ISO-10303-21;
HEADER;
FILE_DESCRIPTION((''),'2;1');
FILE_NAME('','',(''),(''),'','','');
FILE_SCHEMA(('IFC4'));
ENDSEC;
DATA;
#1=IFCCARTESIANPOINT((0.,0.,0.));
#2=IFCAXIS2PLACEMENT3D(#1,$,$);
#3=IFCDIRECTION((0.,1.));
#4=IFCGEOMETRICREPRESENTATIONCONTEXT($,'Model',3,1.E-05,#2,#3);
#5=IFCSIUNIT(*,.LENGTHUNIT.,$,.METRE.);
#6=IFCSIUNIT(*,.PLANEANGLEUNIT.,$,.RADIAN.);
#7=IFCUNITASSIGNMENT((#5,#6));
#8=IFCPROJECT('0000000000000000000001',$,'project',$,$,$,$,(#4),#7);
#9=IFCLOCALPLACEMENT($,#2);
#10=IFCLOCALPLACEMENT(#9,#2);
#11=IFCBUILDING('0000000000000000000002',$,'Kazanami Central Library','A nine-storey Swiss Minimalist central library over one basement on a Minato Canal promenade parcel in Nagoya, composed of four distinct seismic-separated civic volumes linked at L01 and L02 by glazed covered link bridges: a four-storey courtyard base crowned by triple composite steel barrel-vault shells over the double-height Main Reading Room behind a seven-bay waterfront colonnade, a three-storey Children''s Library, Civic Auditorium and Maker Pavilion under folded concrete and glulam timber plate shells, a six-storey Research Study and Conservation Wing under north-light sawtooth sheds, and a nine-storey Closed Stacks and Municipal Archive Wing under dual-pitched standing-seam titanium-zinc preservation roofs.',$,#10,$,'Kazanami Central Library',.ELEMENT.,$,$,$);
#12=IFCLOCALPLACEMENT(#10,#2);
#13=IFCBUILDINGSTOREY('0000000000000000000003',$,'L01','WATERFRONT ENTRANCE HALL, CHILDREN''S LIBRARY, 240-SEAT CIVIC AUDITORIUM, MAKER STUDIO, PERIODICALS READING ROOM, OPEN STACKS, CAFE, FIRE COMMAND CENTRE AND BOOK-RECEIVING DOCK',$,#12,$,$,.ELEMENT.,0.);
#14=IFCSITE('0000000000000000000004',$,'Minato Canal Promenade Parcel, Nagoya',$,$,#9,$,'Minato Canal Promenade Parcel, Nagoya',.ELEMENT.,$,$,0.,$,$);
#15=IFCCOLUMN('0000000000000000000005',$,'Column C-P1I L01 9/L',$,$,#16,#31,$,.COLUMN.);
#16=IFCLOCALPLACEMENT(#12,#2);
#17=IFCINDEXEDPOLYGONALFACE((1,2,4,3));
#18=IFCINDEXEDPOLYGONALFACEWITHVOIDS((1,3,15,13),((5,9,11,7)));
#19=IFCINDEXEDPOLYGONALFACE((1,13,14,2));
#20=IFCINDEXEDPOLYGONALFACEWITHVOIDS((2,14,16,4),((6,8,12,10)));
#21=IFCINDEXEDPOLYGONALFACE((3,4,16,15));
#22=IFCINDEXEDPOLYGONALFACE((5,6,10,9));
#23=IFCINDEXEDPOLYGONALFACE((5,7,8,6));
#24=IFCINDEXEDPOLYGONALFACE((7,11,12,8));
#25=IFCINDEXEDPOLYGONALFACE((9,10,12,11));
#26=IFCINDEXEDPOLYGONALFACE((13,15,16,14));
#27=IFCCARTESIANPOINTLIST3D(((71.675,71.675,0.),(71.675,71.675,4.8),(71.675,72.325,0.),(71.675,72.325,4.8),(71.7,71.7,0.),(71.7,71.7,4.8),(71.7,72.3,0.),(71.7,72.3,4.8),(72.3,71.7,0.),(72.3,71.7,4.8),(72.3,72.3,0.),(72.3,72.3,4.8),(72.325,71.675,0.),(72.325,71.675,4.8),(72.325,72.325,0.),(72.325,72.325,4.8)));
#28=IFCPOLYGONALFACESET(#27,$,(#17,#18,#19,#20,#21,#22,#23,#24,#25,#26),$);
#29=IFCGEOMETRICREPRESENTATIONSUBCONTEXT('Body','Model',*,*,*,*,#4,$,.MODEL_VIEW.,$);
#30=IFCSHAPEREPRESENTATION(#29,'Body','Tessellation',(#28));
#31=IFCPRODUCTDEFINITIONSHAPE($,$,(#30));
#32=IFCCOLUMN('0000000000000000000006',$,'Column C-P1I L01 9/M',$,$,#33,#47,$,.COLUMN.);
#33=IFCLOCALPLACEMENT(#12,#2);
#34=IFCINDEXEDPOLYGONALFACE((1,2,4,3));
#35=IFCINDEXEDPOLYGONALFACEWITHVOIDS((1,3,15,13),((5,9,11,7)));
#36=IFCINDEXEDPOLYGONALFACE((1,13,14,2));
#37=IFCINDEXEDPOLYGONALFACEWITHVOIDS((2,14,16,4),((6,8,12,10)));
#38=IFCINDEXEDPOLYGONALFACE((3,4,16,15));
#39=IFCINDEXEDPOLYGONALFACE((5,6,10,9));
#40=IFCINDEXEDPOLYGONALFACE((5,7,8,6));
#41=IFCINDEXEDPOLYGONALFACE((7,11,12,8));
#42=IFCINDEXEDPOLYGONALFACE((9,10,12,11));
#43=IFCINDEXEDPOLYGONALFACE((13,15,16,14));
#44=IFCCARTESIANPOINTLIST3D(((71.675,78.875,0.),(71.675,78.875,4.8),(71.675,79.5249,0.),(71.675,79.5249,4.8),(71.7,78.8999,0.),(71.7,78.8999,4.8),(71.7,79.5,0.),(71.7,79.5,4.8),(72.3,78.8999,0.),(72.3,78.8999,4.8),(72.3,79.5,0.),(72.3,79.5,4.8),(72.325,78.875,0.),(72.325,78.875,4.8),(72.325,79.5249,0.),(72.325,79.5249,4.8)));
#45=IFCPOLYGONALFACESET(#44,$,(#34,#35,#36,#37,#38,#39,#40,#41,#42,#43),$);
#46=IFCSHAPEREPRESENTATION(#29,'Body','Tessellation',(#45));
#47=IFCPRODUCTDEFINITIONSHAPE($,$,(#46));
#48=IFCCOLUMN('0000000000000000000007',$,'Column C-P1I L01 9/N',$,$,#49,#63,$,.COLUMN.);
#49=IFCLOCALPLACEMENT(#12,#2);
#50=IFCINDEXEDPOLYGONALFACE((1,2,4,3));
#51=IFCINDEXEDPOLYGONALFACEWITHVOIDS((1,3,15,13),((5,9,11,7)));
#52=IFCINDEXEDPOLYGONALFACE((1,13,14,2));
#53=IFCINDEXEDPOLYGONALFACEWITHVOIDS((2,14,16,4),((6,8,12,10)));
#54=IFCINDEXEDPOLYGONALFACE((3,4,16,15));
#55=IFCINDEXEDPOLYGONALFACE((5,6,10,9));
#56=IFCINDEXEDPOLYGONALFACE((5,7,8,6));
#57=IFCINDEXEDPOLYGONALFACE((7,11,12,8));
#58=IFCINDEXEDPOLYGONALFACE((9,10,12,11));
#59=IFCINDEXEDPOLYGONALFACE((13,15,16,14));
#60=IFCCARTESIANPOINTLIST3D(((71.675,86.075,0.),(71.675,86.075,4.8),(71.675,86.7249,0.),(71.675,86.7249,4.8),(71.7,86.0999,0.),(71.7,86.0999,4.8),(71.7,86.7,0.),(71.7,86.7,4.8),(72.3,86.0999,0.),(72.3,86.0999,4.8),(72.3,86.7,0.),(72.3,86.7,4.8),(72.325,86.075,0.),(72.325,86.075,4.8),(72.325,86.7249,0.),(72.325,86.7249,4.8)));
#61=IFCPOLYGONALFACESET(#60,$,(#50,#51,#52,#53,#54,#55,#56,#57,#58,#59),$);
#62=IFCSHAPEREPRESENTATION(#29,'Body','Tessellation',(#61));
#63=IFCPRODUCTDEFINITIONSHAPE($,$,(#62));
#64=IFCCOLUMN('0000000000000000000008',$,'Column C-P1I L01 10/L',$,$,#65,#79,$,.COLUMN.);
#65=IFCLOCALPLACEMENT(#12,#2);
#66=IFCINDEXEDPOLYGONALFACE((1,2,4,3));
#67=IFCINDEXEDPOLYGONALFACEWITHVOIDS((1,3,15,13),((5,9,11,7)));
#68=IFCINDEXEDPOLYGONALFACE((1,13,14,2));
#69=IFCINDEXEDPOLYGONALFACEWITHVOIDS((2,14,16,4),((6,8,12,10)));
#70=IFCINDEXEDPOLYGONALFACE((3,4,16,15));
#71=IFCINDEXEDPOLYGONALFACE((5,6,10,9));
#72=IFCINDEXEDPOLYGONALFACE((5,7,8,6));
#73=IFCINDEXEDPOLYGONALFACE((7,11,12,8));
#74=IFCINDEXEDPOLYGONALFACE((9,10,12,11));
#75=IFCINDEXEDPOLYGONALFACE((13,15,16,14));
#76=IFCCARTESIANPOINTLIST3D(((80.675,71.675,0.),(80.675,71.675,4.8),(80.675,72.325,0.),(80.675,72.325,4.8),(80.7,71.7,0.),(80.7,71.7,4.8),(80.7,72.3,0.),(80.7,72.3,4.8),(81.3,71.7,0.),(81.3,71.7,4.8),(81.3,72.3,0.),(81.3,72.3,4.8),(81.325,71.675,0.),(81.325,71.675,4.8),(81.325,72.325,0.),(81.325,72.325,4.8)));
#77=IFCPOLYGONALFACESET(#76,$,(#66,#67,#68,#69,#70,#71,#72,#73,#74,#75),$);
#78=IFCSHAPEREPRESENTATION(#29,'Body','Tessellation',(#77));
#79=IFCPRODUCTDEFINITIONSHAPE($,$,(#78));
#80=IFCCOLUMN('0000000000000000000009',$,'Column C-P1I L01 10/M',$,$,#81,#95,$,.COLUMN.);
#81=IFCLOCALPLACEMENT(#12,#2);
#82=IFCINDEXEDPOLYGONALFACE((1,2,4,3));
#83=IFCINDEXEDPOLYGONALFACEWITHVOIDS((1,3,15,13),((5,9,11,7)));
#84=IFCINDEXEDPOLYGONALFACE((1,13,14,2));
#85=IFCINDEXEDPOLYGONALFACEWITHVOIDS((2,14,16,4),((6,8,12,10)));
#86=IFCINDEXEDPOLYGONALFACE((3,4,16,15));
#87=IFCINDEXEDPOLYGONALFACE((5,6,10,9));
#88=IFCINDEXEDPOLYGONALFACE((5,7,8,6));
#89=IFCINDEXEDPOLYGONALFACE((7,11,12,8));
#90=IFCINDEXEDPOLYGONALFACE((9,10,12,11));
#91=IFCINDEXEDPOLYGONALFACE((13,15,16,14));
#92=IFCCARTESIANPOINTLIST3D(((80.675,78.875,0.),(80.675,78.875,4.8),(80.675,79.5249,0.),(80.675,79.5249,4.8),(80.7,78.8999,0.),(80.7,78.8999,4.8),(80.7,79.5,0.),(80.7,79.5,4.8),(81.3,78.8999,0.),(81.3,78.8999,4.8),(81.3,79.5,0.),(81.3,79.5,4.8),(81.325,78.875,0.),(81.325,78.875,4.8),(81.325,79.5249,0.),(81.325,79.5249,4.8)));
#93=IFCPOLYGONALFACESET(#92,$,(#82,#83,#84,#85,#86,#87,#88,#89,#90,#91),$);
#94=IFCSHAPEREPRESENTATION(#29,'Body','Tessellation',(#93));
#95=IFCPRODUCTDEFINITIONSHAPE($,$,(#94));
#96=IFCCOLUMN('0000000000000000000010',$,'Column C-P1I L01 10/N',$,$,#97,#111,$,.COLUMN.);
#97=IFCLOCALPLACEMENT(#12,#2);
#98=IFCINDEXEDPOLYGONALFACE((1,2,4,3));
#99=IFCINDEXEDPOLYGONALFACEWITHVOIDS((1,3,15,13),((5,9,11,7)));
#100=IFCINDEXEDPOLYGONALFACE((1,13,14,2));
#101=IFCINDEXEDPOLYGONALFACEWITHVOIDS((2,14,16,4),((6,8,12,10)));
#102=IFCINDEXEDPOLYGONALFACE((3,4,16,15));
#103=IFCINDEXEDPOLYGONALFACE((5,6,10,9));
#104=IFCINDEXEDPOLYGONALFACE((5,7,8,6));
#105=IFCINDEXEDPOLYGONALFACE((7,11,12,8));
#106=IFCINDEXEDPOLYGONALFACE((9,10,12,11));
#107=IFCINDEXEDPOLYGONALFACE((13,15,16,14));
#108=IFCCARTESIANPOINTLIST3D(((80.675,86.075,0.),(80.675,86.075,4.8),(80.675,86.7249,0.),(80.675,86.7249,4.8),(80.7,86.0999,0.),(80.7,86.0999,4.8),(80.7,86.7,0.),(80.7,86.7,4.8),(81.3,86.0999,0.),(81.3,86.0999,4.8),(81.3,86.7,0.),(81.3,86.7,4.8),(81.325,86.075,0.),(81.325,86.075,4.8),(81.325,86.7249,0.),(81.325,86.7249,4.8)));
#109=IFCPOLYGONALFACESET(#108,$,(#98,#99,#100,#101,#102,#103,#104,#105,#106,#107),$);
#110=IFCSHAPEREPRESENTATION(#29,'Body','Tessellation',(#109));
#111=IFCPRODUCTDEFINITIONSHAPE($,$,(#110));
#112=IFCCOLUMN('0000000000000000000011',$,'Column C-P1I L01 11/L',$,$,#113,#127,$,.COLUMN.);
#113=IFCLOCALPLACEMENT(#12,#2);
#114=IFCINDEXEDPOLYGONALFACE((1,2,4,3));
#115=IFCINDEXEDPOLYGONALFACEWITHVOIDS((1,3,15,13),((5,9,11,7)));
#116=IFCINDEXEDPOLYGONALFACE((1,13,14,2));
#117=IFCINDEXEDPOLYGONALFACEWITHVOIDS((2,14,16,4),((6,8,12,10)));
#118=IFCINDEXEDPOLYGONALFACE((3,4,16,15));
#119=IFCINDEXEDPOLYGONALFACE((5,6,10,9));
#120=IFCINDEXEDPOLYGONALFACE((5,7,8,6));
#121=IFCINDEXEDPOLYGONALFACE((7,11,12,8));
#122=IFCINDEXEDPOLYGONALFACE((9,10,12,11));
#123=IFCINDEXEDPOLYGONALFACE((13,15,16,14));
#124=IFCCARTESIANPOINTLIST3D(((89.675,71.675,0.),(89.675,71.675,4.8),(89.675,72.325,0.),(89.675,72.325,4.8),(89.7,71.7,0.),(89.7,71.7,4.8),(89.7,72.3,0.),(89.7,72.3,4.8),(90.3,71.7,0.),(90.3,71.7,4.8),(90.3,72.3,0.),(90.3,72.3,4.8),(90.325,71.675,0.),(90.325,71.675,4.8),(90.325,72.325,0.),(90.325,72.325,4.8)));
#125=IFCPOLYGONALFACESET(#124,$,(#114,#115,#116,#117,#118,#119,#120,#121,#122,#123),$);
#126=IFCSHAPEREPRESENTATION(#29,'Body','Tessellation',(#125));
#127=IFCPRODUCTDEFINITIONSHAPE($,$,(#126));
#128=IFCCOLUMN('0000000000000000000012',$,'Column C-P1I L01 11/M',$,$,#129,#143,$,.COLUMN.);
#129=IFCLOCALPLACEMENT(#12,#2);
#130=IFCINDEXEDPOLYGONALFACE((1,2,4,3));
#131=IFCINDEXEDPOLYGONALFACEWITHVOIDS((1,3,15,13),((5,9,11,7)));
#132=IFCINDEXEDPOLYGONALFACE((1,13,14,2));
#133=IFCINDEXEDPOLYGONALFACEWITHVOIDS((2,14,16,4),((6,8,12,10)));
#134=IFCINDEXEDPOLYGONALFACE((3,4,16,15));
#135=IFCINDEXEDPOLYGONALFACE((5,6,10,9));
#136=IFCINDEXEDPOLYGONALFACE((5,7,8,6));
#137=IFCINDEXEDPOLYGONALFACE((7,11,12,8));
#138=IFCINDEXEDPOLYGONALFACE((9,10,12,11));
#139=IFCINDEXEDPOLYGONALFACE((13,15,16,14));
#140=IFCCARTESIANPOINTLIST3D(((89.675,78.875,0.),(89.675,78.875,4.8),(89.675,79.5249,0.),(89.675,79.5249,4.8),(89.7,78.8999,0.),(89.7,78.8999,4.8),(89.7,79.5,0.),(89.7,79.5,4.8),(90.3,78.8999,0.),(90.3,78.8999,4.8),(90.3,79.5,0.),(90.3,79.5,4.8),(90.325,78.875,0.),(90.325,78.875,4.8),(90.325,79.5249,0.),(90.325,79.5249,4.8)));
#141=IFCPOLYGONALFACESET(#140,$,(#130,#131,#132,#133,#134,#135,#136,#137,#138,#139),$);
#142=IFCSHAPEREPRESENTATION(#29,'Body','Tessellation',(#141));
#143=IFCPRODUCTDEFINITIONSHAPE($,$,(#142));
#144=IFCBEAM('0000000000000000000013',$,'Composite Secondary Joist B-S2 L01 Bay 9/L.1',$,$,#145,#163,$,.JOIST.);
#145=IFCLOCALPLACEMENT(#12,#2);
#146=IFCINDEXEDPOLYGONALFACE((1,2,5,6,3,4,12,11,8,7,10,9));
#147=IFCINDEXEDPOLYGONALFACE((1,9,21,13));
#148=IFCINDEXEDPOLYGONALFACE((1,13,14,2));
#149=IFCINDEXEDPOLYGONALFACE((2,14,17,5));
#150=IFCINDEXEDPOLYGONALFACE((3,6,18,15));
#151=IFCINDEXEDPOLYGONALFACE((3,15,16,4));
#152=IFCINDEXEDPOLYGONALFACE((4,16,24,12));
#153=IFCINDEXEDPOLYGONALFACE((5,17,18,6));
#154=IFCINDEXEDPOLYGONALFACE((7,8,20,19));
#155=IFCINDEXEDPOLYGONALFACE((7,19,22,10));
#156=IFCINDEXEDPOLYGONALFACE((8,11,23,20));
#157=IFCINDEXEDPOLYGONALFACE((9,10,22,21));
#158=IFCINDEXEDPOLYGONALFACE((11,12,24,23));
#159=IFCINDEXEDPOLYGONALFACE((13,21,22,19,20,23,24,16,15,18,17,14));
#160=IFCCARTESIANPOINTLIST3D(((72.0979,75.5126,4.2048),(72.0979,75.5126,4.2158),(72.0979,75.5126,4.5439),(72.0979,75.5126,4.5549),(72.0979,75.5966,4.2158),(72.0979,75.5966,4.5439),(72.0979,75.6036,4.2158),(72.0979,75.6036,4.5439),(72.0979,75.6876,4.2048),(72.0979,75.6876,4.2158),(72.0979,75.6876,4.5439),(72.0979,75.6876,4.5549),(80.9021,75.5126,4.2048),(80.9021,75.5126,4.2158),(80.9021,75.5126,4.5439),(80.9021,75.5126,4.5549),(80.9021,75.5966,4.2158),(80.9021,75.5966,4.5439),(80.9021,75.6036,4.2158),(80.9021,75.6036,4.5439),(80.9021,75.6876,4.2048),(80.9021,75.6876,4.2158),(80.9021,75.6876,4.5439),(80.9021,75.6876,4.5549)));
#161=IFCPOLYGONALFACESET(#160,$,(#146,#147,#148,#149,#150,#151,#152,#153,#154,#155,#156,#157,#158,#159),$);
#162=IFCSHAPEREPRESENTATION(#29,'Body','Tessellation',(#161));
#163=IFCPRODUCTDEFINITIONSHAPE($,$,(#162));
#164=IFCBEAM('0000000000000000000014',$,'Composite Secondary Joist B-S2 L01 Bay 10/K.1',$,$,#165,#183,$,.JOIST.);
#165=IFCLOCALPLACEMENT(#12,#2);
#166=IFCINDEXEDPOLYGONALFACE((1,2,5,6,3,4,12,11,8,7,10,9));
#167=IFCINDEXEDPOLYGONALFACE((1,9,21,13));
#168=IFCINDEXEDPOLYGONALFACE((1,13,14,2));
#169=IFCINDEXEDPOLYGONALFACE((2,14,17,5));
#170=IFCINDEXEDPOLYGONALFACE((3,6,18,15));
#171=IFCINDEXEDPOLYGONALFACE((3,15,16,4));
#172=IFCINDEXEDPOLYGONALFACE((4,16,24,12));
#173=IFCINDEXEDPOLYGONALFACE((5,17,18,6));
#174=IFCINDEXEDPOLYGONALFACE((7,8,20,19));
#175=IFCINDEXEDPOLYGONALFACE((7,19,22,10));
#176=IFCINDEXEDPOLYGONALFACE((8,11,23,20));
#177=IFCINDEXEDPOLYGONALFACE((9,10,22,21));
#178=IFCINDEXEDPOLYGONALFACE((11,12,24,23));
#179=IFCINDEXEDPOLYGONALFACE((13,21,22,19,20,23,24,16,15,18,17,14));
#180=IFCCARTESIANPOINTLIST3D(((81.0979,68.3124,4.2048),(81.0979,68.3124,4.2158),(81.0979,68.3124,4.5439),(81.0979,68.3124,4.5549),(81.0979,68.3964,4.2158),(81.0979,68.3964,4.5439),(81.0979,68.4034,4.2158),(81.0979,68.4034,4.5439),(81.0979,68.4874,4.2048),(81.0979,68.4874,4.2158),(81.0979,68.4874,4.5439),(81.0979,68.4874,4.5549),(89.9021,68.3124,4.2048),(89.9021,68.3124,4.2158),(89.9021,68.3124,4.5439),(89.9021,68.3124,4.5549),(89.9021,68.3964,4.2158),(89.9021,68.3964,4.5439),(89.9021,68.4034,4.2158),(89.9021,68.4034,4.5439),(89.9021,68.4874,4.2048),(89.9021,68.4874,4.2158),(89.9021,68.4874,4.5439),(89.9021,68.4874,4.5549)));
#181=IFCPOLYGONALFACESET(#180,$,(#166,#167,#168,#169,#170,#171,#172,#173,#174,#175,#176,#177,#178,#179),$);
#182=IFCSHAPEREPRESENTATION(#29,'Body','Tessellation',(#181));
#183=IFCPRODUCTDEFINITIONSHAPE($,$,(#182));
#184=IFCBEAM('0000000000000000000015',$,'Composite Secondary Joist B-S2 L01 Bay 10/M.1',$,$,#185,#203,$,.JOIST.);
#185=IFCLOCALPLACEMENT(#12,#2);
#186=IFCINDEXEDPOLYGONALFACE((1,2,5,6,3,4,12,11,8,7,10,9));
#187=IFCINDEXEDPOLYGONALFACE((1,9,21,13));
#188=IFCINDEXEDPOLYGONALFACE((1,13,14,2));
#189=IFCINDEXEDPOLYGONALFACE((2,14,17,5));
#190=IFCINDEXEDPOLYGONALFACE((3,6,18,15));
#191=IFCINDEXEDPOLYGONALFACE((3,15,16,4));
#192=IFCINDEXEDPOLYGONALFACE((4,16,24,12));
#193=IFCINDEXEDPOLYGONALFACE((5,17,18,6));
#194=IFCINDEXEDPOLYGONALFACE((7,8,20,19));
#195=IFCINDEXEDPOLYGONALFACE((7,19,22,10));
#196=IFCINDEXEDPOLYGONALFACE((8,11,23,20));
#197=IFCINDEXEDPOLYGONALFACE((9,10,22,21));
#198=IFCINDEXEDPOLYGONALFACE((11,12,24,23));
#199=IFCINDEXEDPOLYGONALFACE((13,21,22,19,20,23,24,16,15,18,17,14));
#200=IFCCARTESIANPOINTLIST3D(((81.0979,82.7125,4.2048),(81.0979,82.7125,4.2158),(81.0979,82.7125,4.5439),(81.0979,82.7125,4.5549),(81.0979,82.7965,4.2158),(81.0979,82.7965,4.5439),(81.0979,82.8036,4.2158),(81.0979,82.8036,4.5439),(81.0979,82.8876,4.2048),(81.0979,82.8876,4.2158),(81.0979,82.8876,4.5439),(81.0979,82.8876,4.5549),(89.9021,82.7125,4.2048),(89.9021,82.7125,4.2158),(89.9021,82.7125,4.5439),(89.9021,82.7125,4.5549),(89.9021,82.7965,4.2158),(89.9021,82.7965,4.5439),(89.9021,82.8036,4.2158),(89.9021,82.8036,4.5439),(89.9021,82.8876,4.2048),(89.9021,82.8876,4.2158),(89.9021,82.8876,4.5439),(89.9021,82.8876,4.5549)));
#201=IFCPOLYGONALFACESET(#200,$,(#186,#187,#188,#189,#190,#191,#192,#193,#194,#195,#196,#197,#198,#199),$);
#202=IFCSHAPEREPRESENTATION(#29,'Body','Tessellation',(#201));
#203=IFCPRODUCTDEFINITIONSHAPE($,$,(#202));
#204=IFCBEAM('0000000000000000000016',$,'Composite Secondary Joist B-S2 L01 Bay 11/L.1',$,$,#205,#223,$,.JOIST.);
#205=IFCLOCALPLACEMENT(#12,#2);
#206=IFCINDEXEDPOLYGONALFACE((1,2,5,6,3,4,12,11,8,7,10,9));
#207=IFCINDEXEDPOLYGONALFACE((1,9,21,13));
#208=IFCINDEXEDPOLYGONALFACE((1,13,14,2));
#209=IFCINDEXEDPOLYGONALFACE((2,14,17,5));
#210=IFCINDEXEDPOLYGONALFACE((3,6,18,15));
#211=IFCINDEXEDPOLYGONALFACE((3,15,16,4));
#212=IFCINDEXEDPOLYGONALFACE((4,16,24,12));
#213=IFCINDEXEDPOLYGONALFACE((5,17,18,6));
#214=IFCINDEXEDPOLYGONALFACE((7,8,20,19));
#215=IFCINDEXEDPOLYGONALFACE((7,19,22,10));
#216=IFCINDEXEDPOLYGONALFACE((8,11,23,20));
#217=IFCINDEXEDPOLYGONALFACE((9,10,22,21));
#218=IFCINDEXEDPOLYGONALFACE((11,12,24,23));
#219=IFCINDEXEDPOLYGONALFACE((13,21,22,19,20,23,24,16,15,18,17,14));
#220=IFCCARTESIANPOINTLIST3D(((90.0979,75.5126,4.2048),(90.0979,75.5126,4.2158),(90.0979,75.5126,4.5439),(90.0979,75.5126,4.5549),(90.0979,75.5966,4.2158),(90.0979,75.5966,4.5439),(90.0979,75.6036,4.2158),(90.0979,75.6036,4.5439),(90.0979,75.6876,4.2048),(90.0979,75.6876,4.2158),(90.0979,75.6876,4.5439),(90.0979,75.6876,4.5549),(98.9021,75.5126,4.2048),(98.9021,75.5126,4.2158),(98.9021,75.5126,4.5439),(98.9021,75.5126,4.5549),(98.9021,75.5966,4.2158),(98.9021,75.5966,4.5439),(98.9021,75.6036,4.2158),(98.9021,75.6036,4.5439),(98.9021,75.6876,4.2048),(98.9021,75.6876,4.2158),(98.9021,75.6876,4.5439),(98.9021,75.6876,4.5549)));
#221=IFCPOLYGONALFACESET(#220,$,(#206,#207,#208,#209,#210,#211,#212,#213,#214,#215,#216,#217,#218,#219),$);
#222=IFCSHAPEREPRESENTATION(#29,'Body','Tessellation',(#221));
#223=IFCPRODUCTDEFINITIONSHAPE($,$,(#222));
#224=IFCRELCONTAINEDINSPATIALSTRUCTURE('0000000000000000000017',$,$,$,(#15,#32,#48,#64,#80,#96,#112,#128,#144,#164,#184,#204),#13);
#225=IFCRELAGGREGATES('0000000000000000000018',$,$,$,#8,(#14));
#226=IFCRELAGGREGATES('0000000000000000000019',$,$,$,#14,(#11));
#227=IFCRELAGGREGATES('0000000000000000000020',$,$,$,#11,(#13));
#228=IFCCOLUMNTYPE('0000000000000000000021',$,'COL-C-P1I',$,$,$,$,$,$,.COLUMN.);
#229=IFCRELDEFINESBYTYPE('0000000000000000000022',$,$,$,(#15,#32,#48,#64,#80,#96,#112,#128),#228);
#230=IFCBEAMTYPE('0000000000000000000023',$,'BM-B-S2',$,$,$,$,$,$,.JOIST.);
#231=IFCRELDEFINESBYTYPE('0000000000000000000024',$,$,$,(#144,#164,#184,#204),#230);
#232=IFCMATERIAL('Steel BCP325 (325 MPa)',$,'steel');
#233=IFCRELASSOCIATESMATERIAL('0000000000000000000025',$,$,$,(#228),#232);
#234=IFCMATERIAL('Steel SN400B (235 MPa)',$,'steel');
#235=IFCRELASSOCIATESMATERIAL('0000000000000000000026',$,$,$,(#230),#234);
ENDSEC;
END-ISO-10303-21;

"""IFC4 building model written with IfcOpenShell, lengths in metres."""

from ifc_helpers import new_model, si_unit, direction, frame, origin, origin_2d, place, context, subcontext, project, spatial, hollow_rectangle, i_section, extrude, material, material_profile, profile_set, type_object, element, save


model = new_model("IFC4")

# Units and contexts
model_context = context("Model", 3, precision=1e-05, world=origin(), true_north=direction((0.0, 1.0)))
body_context = subcontext(model_context, "Body", "Model", "MODEL_VIEW")
ifc_project = project(units=[si_unit("LENGTHUNIT", "METRE"), si_unit("PLANEANGLEUNIT", "RADIAN")], contexts=[model_context])

# Site, building, storey
site_placement = place(None, origin())
site = spatial("IfcSite", under=ifc_project, at=site_placement, Name="Minato Canal Promenade Parcel, Nagoya", LongName="Minato Canal Promenade Parcel, Nagoya", CompositionType="ELEMENT", RefElevation=0.0)
building_placement = place(site_placement, origin())
building = spatial("IfcBuilding", under=site, at=building_placement, Name="Kazanami Central Library", Description="A nine-storey Swiss Minimalist central library over one basement on a Minato Canal promenade parcel in Nagoya, composed of four distinct seismic-separated civic volumes linked at L01 and L02 by glazed covered link bridges: a four-storey courtyard base crowned by triple composite steel barrel-vault shells over the double-height Main Reading Room behind a seven-bay waterfront colonnade, a three-storey Children's Library, Civic Auditorium and Maker Pavilion under folded concrete and glulam timber plate shells, a six-storey Research Study and Conservation Wing under north-light sawtooth sheds, and a nine-storey Closed Stacks and Municipal Archive Wing under dual-pitched standing-seam titanium-zinc preservation roofs.", LongName="Kazanami Central Library", CompositionType="ELEMENT")
storey_placement = place(building_placement, origin())
storey = spatial("IfcBuildingStorey", under=building, at=storey_placement, Name="L01", Description="WATERFRONT ENTRANCE HALL, CHILDREN'S LIBRARY, 240-SEAT CIVIC AUDITORIUM, MAKER STUDIO, PERIODICALS READING ROOM, OPEN STACKS, CAFE, FIRE COMMAND CENTRE AND BOOK-RECEIVING DOCK", CompositionType="ELEMENT", Elevation=0.0)

# Columns
ifc_material_1 = material(Name="Steel BCP325 (325 MPa)", Category="steel")
ifc_material_profile_1 = material_profile(ifc_material_1, hollow_rectangle(XDim=0.6499, YDim=0.6499, WallThickness=0.0249, at=origin_2d()), Name="BCP-650x650x25")
ifc_profile_set_1 = profile_set([ifc_material_profile_1], Name="Steel BCP325 (325 MPa)")
column_type = type_object("IfcColumnType", Name="COL-C-P1I", PredefinedType="COLUMN", material=ifc_profile_set_1)
for number, where, z_axis, x_axis, name in (
    (1, (72.0, 72.0, 0.0), (0.0, 0.0, 1.0), (1.0, 0.0, 0.0), "Column C-P1I L01 9/L"),
    (2, (72.0, 79.2, 0.0), (0.0, 0.0, 1.0), (1.0, 0.0, 0.0), "Column C-P1I L01 9/M"),
    (3, (72.0, 86.3999, 0.0), (0.0, 0.0, 1.0), (1.0, 0.0, 0.0), "Column C-P1I L01 9/N"),
    (4, (81.0, 72.0, 0.0), (0.0, 0.0, 1.0), (1.0, 0.0, 0.0), "Column C-P1I L01 10/L"),
    (5, (81.0, 79.2, 0.0), (0.0, 0.0, 1.0), (1.0, 0.0, 0.0), "Column C-P1I L01 10/M"),
    (6, (81.0, 86.3999, 0.0), (0.0, 0.0, 1.0), (1.0, 0.0, 0.0), "Column C-P1I L01 10/N"),
    (7, (90.0, 72.0, 0.0), (0.0, 0.0, 1.0), (1.0, 0.0, 0.0), "Column C-P1I L01 11/L"),
    (8, (90.0, 79.2, 0.0), (0.0, 0.0, 1.0), (1.0, 0.0, 0.0), "Column C-P1I L01 11/M"),
):
    element("IfcColumn", number, at=place(storey_placement, frame(where, z_axis=z_axis, x_axis=x_axis)), inside=storey, type_object=column_type, Name=name, PredefinedType="COLUMN", context=body_context, shape_type="SweptSolid", body=[
        extrude(hollow_rectangle(XDim=0.6499, YDim=0.6499, WallThickness=0.0249, at=origin_2d()), origin(), (0.0, 0.0, 1.0), 4.8),
    ])

# Beams
ifc_material_2 = material(Name="Steel SN400B (235 MPa)", Category="steel")
ifc_material_profile_2 = material_profile(ifc_material_2, i_section(OverallWidth=0.175, OverallDepth=0.3501, WebThickness=0.0071, FlangeThickness=0.011, at=origin_2d()), Name="H-350x175x7x11")
ifc_profile_set_2 = profile_set([ifc_material_profile_2], Name="Steel SN400B (235 MPa)")
beam_type_1 = type_object("IfcBeamType", Name="BM-B-S2", PredefinedType="JOIST", material=ifc_profile_set_2)
for number, where, z_axis, x_axis, name in (
    (9, (72.0979, 75.6001, 4.3799), (1.0, 0.0, 0.0), (0.0, 1.0, 0.0), "Composite Secondary Joist B-S2 L01 Bay 9/L.1"),
    (10, (81.0979, 68.3999, 4.3799), (1.0, 0.0, 0.0), (0.0, 1.0, 0.0), "Composite Secondary Joist B-S2 L01 Bay 10/K.1"),
    (11, (81.0979, 82.8, 4.3799), (1.0, 0.0, 0.0), (0.0, 1.0, 0.0), "Composite Secondary Joist B-S2 L01 Bay 10/M.1"),
    (12, (90.0979, 75.6001, 4.3799), (1.0, 0.0, 0.0), (0.0, 1.0, 0.0), "Composite Secondary Joist B-S2 L01 Bay 11/L.1"),
):
    element("IfcBeam", number, at=place(storey_placement, frame(where, z_axis=z_axis, x_axis=x_axis)), inside=storey, type_object=beam_type_1, Name=name, PredefinedType="JOIST", context=body_context, shape_type="SweptSolid", body=[
        extrude(i_section(OverallWidth=0.175, OverallDepth=0.3501, WebThickness=0.0071, FlangeThickness=0.011, at=origin_2d()), origin(), (0.0, 0.0, 1.0), 8.8042),
    ])

save(model, "model.ifc")
